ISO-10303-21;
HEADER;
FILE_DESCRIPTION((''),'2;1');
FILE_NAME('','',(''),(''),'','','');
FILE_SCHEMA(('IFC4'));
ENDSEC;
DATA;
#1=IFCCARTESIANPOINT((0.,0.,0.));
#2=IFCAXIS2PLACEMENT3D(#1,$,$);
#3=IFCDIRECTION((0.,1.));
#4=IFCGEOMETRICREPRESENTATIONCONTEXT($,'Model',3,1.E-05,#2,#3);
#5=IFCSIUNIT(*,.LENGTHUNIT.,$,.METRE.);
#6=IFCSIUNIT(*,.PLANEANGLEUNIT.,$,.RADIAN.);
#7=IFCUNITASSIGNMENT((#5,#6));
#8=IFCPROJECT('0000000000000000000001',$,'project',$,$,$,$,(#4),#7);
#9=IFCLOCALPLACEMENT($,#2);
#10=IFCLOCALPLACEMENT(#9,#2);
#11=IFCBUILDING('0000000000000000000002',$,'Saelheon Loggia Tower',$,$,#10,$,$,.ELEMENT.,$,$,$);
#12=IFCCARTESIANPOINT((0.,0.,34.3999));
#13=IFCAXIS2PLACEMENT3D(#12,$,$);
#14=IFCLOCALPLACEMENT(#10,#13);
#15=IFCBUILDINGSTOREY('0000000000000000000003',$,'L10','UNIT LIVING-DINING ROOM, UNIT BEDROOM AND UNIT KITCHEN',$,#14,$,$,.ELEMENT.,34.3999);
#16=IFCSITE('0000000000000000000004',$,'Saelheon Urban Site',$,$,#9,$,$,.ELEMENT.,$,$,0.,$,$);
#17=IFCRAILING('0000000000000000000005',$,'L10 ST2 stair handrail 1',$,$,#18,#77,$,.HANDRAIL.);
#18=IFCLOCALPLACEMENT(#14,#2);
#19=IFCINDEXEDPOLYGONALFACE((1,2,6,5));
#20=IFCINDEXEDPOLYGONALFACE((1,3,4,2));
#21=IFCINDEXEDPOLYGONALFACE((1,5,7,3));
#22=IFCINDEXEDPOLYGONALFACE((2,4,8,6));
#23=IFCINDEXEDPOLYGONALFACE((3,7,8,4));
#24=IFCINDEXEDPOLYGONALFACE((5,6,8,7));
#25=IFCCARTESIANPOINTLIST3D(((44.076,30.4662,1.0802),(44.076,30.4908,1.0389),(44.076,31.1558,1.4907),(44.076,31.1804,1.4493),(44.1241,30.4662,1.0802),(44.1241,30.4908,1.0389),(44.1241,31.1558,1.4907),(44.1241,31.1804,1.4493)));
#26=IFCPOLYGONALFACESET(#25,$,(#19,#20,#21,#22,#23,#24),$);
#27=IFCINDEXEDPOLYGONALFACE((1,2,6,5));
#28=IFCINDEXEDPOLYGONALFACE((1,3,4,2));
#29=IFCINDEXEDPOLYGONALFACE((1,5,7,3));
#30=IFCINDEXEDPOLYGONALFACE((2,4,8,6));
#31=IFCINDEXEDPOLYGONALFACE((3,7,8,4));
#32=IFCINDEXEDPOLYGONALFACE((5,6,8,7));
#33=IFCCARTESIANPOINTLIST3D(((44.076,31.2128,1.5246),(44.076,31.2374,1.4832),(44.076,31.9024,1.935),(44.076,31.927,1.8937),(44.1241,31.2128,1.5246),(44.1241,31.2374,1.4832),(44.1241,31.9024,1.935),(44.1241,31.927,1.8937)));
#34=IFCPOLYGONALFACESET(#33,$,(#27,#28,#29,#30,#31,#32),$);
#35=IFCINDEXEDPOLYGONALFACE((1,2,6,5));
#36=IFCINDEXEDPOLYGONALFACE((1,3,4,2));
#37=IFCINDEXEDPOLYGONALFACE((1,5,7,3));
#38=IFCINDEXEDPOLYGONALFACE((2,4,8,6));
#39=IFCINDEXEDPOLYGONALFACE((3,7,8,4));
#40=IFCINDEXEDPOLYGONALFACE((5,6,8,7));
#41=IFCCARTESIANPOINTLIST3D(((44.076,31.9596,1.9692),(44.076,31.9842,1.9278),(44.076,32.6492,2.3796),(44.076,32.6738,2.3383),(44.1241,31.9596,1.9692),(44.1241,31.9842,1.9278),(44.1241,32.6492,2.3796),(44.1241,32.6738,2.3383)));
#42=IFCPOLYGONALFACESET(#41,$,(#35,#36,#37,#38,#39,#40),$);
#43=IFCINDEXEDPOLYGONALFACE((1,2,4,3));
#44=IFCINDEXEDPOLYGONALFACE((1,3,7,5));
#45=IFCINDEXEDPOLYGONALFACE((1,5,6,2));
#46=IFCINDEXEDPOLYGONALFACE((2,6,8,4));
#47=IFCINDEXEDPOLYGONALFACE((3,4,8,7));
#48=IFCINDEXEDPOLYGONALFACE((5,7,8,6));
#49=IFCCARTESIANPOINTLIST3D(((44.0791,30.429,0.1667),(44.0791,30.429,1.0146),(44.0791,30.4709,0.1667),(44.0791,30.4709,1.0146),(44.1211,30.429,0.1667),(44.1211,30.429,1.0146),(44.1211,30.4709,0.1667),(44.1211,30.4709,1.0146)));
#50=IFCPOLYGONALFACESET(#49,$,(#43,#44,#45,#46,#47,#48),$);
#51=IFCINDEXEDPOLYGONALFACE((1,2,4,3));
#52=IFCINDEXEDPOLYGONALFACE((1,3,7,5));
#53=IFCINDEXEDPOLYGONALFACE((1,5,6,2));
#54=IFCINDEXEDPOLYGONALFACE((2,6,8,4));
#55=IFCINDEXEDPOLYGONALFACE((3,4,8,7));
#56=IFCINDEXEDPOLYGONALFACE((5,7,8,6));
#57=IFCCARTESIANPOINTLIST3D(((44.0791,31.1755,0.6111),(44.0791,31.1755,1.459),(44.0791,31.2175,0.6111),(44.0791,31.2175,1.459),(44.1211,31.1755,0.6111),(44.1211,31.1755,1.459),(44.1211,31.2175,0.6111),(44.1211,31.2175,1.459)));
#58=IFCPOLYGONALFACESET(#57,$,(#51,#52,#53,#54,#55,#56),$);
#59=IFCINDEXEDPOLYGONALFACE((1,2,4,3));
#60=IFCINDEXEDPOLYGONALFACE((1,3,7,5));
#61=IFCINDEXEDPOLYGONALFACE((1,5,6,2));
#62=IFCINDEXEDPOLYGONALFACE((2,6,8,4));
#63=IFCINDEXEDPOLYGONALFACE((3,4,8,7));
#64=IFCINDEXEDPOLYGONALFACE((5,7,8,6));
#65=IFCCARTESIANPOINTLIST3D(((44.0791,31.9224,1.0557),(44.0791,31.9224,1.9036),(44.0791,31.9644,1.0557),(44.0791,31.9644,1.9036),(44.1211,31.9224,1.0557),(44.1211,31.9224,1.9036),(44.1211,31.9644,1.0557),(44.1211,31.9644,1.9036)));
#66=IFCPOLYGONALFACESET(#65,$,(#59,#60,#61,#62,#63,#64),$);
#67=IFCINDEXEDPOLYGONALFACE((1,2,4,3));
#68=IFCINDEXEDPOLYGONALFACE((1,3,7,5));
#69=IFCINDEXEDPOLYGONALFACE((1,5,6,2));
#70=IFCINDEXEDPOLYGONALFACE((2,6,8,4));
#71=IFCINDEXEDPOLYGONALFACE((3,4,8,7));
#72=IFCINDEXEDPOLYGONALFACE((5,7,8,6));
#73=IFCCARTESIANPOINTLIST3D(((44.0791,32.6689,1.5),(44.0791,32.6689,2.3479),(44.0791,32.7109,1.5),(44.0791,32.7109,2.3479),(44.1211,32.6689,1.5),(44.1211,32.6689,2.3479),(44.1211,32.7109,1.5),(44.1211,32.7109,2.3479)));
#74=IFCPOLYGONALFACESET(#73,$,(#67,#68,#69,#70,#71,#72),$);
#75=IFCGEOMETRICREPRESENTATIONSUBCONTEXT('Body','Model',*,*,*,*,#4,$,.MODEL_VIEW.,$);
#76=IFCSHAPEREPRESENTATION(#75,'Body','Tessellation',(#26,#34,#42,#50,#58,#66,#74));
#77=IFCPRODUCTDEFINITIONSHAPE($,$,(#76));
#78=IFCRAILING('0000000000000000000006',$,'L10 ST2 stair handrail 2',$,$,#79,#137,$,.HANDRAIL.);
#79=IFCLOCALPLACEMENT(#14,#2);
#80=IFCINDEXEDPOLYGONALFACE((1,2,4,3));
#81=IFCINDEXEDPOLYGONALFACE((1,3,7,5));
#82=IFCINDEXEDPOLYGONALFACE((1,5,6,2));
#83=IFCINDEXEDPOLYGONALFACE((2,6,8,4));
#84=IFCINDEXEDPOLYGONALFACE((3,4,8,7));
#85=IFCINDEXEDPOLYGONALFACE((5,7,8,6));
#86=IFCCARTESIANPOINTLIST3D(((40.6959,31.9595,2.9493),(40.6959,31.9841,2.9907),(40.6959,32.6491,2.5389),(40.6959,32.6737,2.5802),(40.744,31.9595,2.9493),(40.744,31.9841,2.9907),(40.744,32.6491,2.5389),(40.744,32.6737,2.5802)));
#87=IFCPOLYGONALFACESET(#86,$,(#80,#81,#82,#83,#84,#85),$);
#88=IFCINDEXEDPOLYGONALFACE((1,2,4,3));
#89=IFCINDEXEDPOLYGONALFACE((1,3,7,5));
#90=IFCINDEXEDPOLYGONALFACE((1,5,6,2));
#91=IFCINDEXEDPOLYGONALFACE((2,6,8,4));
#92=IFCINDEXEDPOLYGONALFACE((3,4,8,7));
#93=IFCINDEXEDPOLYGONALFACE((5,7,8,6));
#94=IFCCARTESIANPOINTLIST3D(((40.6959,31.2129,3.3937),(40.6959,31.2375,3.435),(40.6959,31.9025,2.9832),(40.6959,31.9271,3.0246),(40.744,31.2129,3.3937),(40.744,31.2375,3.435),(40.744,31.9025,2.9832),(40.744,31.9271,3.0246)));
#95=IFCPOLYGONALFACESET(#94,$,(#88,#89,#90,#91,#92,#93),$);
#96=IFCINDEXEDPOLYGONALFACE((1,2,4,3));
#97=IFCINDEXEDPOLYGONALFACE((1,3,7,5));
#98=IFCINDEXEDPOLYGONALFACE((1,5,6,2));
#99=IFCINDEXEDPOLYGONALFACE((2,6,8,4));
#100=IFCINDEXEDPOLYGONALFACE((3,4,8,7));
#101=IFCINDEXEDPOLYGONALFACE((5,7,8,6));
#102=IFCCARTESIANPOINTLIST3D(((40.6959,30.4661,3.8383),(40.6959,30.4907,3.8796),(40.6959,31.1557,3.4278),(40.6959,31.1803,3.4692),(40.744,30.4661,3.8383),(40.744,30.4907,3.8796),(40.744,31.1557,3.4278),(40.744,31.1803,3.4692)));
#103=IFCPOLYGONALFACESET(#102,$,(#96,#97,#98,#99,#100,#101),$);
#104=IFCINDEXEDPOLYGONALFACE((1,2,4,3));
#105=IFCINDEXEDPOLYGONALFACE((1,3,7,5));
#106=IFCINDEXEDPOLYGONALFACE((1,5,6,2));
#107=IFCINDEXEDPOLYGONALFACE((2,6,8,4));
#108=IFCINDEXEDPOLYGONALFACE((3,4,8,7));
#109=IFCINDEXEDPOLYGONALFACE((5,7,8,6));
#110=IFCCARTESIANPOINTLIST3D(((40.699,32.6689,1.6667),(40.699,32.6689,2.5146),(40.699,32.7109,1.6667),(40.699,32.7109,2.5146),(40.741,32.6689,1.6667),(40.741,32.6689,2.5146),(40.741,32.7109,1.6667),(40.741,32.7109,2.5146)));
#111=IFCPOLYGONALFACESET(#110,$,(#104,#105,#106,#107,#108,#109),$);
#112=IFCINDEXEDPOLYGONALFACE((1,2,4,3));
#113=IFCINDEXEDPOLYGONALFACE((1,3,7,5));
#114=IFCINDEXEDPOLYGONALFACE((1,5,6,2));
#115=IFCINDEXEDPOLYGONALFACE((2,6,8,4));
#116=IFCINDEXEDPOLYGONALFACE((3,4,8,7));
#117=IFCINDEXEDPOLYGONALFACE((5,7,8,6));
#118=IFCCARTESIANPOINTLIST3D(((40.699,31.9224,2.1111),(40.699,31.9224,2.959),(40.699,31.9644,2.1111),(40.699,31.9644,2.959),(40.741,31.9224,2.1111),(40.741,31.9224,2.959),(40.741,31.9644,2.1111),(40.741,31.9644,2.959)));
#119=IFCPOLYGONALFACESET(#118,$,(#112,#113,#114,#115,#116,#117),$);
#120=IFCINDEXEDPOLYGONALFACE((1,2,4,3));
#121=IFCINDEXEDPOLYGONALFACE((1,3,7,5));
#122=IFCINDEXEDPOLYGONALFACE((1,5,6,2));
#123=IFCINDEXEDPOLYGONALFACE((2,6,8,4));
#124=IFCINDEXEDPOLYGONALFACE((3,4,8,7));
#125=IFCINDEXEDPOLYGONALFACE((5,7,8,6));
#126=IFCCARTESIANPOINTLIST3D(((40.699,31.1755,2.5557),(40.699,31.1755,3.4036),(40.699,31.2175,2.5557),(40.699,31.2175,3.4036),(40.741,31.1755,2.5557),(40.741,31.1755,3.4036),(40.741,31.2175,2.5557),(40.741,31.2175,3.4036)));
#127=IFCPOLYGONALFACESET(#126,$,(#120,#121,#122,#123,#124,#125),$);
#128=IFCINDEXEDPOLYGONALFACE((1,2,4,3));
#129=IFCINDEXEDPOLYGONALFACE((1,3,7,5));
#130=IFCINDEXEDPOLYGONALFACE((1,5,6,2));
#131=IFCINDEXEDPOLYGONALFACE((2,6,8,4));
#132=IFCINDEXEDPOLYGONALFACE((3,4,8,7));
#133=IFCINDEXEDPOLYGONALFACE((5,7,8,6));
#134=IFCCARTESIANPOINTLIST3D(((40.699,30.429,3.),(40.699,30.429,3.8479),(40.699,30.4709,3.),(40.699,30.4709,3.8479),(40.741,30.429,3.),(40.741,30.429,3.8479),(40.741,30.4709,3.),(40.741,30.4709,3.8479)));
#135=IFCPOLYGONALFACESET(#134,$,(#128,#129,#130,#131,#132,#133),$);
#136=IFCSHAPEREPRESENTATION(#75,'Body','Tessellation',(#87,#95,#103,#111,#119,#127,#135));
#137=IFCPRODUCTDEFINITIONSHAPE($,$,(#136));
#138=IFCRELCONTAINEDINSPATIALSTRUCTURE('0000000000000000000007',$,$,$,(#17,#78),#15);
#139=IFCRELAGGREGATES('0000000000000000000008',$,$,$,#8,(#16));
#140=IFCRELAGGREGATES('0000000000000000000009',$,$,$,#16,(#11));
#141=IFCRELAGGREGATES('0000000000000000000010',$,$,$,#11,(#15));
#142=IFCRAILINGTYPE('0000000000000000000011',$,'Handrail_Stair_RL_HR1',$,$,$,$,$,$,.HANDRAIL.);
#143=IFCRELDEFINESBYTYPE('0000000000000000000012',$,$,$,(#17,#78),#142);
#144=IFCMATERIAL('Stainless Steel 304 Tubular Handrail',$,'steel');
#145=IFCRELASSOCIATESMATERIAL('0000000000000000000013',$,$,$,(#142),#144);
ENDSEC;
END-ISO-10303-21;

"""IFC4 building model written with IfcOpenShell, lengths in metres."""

from ifc_helpers import new_model, si_unit, direction, frame, origin, origin_2d, place, context, subcontext, project, spatial, rectangle, extrude, material, type_object, element, save


model = new_model("IFC4")

# Units and contexts
model_context = context("Model", 3, precision=1e-05, world=origin(), true_north=direction((0.0, 1.0)))
body_context = subcontext(model_context, "Body", "Model", "MODEL_VIEW")
ifc_project = project(units=[si_unit("LENGTHUNIT", "METRE"), si_unit("PLANEANGLEUNIT", "RADIAN")], contexts=[model_context])

# Site, building, storey
site_placement = place(None, origin())
site = spatial("IfcSite", under=ifc_project, at=site_placement, Name="Saelheon Urban Site", CompositionType="ELEMENT", RefElevation=0.0)
building_placement = place(site_placement, origin())
building = spatial("IfcBuilding", under=site, at=building_placement, Name="Saelheon Loggia Tower", CompositionType="ELEMENT")
storey_placement = place(building_placement, frame((0.0, 0.0, 34.3999)))
storey = spatial("IfcBuildingStorey", under=building, at=storey_placement, Name="L10", Description="UNIT LIVING-DINING ROOM, UNIT BEDROOM AND UNIT KITCHEN", CompositionType="ELEMENT", Elevation=34.3999)

# Railings
ifc_material_1 = material(Name="Stainless Steel 304 Tubular Handrail", Category="steel")
railing_type_1 = type_object("IfcRailingType", Name="Handrail_Stair_RL_HR1", PredefinedType="HANDRAIL", material=ifc_material_1)
railing_1_placement = place(storey_placement, frame((44.1001, 30.45, 0.1667)))
element("IfcRailing", 1, at=railing_1_placement, inside=storey, type_object=railing_type_1, Name="L10 ST2 stair handrail 1", PredefinedType="HANDRAIL", context=body_context, shape_type="SweptSolid", body=[
    extrude(rectangle(XDim=0.0481, YDim=0.0481, at=origin_2d()), frame((0.0, 0.0286, 0.8928), z_axis=(0.0, 0.859306, 0.511462), x_axis=(-1.0, 0.0, 0.0)), (0.0, 0.0, 1.0), 0.8025),
    extrude(rectangle(XDim=0.0481, YDim=0.0481, at=origin_2d()), frame((0.0, 0.7751, 1.3372), z_axis=(0.0, 0.859306, 0.511462), x_axis=(-1.0, 0.0, 0.0)), (0.0, 0.0, 1.0), 0.8025),
    extrude(rectangle(XDim=0.0481, YDim=0.0481, at=origin_2d()), frame((0.0, 1.522, 1.7817), z_axis=(0.0, 0.859306, 0.511462), x_axis=(-1.0, 0.0, 0.0)), (0.0, 0.0, 1.0), 0.8025),
    extrude(rectangle(XDim=0.042, YDim=0.042, at=origin_2d()), origin(), (0.0, 0.0, 1.0), 0.8479),
    extrude(rectangle(XDim=0.042, YDim=0.042, at=origin_2d()), frame((0.0, 0.7466, 0.4443)), (0.0, 0.0, 1.0), 0.8479),
    extrude(rectangle(XDim=0.042, YDim=0.042, at=origin_2d()), frame((0.0, 1.4934, 0.8889)), (0.0, 0.0, 1.0), 0.8479),
    extrude(rectangle(XDim=0.042, YDim=0.042, at=origin_2d()), frame((0.0, 2.24, 1.3333)), (0.0, 0.0, 1.0), 0.8479),
])
railing_2_placement = place(storey_placement, frame((40.72, 32.6899, 1.6667)))
element("IfcRailing", 2, at=railing_2_placement, inside=storey, type_object=railing_type_1, Name="L10 ST2 stair handrail 2", PredefinedType="HANDRAIL", context=body_context, shape_type="SweptSolid", body=[
    extrude(rectangle(XDim=0.0481, YDim=0.0481, at=origin_2d()), frame((0.0, -0.0286, 0.8928), z_axis=(0.0, -0.859306, 0.511462), x_axis=(1.0, 0.0, 0.0)), (0.0, 0.0, 1.0), 0.8025),
    extrude(rectangle(XDim=0.0481, YDim=0.0481, at=origin_2d()), frame((0.0, -0.7751, 1.3372), z_axis=(0.0, -0.859306, 0.511462), x_axis=(1.0, 0.0, 0.0)), (0.0, 0.0, 1.0), 0.8025),
    extrude(rectangle(XDim=0.0481, YDim=0.0481, at=origin_2d()), frame((0.0, -1.522, 1.7817), z_axis=(0.0, -0.859306, 0.511462), x_axis=(1.0, 0.0, 0.0)), (0.0, 0.0, 1.0), 0.8025),
    extrude(rectangle(XDim=0.042, YDim=0.042, at=origin_2d()), origin(), (0.0, 0.0, 1.0), 0.8479),
    extrude(rectangle(XDim=0.042, YDim=0.042, at=origin_2d()), frame((0.0, -0.7466, 0.4443)), (0.0, 0.0, 1.0), 0.8479),
    extrude(rectangle(XDim=0.042, YDim=0.042, at=origin_2d()), frame((0.0, -1.4934, 0.8889)), (0.0, 0.0, 1.0), 0.8479),
    extrude(rectangle(XDim=0.042, YDim=0.042, at=origin_2d()), frame((0.0, -2.24, 1.3333)), (0.0, 0.0, 1.0), 0.8479),
])

save(model, "model.ifc")
